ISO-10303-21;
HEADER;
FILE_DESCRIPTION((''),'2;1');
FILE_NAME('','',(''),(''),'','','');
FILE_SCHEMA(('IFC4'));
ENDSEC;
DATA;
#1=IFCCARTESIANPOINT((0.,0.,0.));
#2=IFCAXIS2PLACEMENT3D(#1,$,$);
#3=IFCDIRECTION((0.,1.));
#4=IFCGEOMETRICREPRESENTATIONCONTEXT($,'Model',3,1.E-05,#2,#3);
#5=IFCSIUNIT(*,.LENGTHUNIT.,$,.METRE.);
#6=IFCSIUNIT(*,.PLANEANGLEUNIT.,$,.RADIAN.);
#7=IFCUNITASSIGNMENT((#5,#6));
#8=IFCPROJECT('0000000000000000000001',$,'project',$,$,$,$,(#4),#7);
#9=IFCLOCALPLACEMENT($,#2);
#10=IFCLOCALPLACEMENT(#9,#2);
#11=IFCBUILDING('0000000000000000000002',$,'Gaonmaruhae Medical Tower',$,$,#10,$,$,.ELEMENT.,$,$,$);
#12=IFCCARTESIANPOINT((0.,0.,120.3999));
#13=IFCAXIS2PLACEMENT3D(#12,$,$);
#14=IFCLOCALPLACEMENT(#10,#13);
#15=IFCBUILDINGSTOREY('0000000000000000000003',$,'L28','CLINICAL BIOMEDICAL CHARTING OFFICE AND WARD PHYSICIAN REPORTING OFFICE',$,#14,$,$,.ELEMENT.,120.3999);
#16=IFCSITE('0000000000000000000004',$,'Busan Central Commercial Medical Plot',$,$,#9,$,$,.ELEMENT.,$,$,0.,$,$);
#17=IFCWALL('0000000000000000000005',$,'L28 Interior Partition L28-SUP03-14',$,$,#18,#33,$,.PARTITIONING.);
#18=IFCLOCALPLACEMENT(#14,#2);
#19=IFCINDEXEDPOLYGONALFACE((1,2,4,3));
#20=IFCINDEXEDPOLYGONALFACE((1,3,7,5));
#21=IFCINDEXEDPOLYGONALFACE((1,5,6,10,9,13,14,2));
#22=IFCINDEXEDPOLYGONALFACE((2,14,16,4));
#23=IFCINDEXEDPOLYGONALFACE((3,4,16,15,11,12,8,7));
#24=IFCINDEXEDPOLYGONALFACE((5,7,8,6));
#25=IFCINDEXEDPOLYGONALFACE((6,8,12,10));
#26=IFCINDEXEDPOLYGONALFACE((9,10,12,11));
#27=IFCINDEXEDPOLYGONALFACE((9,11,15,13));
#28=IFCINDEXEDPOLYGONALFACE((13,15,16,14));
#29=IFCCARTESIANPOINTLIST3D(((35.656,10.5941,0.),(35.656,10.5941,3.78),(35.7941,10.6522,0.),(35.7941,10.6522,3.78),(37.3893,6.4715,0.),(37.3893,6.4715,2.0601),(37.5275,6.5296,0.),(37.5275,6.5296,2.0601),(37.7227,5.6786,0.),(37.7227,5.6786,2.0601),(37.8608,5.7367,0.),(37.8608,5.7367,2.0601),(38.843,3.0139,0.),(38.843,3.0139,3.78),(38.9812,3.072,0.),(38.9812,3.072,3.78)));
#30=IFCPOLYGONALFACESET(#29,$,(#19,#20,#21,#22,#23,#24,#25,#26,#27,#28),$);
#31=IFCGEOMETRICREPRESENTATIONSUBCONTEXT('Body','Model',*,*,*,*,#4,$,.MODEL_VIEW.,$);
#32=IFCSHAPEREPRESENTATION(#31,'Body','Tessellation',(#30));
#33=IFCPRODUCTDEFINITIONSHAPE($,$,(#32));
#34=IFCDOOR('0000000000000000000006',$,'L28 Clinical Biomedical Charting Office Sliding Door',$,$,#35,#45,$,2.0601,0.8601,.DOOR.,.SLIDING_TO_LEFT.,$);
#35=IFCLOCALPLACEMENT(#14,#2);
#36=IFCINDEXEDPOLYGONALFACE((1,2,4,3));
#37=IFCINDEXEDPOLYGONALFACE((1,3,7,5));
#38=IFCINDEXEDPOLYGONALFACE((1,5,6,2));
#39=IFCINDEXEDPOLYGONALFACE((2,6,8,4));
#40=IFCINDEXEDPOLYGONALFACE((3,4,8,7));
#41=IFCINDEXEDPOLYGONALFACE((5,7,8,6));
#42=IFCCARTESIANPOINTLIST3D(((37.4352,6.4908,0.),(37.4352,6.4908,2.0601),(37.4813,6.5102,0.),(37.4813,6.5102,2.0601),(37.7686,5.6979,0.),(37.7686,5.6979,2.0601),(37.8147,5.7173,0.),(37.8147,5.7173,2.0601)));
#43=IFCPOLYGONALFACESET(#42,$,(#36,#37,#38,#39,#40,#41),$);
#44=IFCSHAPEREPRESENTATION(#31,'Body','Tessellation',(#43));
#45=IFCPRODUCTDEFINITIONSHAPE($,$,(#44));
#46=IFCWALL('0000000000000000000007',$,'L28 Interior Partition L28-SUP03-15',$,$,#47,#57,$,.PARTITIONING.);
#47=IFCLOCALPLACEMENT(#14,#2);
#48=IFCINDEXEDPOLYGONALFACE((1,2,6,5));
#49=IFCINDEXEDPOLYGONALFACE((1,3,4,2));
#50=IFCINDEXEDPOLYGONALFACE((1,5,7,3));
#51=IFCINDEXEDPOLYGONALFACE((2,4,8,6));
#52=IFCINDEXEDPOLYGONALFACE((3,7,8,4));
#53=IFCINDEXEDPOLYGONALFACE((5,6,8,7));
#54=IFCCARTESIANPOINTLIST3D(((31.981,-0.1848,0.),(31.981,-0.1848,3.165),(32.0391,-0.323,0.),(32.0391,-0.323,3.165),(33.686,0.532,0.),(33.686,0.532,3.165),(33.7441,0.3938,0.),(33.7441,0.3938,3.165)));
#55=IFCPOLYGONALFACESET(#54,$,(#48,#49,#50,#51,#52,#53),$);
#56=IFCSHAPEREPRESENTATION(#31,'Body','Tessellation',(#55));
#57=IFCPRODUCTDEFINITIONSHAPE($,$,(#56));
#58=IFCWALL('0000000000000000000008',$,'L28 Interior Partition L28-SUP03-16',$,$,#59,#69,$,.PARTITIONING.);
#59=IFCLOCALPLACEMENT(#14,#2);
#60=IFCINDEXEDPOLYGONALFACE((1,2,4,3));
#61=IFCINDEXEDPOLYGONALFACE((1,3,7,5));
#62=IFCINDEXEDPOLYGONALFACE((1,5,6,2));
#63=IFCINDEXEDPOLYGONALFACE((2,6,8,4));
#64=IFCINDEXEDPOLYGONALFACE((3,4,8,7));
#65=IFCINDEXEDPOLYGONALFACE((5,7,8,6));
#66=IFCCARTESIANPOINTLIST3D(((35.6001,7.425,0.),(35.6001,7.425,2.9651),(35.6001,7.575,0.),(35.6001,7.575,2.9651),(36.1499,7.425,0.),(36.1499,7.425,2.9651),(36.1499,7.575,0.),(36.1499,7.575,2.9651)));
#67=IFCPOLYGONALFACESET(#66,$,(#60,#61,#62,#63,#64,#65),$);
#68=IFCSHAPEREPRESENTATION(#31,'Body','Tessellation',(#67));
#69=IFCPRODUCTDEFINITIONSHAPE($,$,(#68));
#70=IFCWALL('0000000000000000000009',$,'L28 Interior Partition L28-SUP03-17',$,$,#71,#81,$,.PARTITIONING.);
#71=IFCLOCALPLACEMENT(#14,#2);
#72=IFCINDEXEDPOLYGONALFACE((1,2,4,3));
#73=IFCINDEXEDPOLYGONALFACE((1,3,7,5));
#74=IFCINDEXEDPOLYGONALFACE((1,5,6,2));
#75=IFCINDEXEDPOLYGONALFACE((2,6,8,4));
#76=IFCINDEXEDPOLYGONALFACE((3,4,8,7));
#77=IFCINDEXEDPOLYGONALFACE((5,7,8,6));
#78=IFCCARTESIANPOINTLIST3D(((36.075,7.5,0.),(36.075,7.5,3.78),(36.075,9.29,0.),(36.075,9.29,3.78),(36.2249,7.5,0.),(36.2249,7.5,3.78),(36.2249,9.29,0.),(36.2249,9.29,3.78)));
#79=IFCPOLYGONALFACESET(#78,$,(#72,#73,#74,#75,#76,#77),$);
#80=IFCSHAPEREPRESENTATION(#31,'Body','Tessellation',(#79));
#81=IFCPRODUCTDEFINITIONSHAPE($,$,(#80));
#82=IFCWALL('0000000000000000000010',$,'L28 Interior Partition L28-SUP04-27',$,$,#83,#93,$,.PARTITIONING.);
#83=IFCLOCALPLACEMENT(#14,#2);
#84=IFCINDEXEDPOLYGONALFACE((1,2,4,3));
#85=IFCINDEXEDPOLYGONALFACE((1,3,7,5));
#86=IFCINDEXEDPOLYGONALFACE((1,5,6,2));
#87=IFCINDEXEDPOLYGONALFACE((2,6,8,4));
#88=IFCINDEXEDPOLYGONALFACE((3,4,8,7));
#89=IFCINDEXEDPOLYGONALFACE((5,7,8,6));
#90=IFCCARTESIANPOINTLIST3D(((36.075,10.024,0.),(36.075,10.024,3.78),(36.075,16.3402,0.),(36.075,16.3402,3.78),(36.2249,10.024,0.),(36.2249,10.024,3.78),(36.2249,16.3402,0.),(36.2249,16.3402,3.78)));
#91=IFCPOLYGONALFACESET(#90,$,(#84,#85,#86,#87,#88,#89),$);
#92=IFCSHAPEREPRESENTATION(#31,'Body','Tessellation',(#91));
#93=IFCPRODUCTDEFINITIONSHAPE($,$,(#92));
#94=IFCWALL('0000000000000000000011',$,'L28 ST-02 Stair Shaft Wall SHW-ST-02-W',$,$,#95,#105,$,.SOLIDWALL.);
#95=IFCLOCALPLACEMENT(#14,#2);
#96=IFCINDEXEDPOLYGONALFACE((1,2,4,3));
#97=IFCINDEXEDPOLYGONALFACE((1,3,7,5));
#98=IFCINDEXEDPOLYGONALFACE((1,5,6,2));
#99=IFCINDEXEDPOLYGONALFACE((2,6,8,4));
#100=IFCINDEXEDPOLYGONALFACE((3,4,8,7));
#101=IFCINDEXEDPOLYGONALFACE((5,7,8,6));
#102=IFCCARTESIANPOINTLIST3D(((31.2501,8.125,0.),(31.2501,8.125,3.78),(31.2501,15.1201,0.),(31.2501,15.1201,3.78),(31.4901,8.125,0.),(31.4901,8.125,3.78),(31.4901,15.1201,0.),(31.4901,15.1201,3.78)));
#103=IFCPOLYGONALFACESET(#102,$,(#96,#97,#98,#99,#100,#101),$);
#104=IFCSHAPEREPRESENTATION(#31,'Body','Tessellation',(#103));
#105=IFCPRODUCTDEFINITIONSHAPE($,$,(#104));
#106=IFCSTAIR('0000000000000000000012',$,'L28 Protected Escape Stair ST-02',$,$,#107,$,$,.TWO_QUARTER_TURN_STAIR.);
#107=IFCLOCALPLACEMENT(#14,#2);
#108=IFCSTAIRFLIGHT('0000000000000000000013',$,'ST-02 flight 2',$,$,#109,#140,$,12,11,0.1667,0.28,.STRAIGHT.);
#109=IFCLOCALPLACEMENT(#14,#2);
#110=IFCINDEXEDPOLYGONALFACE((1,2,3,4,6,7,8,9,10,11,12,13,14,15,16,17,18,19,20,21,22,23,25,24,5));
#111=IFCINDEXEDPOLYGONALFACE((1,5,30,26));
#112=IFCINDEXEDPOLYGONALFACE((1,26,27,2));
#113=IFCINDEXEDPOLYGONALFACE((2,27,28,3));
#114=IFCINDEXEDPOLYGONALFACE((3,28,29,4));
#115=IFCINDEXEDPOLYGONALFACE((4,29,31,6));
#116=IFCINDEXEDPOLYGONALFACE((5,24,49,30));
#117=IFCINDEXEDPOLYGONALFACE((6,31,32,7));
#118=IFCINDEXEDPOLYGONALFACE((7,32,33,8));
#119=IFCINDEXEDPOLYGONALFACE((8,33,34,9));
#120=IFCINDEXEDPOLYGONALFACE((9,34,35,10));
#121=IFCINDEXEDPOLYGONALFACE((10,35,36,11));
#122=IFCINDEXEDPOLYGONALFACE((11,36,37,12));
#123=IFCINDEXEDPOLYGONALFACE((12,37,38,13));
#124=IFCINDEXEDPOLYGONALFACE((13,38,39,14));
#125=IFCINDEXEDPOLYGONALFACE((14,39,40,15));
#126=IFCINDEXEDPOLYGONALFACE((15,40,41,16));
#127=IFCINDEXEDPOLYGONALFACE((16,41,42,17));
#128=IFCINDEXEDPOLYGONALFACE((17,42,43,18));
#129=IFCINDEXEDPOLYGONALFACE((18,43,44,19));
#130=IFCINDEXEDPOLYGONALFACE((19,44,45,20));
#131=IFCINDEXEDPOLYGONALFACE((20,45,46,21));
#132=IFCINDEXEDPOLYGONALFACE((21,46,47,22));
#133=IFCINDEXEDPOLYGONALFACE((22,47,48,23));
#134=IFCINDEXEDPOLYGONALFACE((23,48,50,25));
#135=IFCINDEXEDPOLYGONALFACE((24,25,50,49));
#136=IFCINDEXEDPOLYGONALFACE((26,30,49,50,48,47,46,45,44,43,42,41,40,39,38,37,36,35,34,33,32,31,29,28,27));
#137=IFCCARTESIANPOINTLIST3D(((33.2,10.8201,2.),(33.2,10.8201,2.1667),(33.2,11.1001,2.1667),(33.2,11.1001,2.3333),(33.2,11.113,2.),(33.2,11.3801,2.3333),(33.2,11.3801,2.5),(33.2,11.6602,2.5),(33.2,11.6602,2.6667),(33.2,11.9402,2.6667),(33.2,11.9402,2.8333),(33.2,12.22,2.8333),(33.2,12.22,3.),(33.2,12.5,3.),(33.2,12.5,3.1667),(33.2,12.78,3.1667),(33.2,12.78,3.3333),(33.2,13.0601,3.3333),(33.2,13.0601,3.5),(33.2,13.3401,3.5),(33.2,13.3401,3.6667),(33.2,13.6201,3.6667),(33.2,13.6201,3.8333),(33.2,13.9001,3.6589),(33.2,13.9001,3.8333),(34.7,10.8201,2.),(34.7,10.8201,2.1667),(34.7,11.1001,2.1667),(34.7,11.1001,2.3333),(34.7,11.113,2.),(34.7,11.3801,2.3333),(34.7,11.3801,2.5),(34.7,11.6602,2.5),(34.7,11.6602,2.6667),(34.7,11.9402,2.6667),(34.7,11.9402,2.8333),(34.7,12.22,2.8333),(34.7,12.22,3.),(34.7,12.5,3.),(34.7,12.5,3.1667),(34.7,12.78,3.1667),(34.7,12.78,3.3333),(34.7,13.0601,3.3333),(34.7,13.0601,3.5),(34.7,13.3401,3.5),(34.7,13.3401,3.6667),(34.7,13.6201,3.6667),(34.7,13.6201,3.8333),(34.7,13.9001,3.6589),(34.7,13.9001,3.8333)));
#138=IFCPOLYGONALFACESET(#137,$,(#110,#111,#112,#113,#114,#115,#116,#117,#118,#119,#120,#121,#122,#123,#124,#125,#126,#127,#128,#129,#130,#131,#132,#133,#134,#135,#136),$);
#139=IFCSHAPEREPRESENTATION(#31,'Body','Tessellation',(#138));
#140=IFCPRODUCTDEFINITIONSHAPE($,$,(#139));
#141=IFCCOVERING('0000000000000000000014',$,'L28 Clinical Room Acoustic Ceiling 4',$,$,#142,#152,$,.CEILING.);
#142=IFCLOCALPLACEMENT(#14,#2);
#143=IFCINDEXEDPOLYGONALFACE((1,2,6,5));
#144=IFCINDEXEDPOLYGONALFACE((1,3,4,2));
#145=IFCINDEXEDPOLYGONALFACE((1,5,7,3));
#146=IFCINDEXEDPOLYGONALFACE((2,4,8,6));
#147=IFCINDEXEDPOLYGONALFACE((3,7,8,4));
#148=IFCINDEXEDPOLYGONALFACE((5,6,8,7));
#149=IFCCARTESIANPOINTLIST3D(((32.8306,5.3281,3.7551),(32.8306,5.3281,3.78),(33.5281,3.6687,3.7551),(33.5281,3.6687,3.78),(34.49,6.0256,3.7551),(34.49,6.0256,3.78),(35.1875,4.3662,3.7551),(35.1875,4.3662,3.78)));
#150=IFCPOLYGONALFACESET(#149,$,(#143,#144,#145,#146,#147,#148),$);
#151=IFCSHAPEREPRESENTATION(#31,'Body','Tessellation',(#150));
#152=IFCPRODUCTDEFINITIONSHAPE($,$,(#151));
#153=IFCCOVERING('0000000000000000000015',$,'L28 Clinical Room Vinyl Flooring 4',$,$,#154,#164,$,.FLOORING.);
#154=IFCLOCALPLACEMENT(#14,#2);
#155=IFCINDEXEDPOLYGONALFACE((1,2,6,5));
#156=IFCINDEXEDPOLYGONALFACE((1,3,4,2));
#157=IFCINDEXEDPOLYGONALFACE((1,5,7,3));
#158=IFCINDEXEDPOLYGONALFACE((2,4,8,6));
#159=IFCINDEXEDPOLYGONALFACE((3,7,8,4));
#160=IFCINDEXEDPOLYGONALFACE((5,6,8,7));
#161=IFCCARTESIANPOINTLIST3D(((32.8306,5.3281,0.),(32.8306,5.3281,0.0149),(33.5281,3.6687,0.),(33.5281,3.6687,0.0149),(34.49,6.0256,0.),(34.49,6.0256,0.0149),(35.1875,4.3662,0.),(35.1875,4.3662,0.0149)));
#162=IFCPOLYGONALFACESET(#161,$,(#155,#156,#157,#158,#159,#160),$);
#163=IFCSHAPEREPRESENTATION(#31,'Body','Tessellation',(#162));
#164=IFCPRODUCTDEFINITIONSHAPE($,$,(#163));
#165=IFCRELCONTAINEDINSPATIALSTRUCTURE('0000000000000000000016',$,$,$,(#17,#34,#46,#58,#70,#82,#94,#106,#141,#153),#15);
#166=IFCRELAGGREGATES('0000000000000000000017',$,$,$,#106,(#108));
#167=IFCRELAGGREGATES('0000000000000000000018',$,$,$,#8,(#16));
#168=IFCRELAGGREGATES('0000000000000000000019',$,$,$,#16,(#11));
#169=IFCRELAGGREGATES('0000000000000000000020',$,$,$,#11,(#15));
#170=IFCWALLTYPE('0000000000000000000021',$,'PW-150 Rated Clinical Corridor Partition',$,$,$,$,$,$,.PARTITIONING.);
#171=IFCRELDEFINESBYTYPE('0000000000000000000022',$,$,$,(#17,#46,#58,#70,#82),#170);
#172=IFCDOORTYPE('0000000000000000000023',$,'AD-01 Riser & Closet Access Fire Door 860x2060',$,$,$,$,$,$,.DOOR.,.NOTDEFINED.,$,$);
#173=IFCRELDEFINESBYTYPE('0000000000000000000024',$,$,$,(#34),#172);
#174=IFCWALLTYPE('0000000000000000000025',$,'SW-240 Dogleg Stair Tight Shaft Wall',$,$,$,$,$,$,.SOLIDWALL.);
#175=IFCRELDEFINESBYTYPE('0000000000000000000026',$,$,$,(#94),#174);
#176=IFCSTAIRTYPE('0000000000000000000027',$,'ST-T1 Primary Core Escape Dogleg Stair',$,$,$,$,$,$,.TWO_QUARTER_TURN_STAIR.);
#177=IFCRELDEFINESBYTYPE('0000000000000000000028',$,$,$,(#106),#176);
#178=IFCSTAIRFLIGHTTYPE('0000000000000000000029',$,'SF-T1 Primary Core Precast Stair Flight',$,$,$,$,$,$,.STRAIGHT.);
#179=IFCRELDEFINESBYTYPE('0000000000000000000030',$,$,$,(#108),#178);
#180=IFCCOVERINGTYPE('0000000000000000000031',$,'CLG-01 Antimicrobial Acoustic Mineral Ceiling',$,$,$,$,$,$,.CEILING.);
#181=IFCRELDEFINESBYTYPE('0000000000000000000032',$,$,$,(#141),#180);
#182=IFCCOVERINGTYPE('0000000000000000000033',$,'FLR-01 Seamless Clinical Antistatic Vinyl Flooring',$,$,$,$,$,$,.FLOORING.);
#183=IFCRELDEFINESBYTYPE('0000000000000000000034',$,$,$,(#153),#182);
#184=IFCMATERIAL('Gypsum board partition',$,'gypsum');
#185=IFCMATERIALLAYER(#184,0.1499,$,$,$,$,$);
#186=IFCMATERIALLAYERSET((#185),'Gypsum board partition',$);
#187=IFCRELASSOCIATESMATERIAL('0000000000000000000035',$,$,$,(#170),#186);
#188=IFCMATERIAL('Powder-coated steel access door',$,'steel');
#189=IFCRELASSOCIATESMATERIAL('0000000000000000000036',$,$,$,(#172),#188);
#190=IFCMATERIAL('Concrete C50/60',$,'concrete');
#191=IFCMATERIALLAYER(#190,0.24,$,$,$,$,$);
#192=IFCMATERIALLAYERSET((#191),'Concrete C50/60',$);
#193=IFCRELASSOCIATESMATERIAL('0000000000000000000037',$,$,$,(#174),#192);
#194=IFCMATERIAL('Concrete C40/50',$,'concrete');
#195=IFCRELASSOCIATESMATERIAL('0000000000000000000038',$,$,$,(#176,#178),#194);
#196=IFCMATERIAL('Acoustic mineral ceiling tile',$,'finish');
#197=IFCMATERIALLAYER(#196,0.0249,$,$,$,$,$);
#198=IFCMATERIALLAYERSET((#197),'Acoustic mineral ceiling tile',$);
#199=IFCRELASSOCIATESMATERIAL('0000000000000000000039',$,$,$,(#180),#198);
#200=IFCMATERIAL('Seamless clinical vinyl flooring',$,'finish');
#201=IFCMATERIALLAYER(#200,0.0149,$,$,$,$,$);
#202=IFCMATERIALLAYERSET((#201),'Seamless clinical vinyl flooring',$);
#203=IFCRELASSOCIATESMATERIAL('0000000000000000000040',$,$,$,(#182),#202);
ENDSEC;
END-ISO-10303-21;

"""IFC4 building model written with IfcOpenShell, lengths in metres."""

from ifc_helpers import new_model, si_unit, direction, frame, frame_2d, origin, origin_2d, place, context, subcontext, project, spatial, polyline, rectangle, outline, extrude, material, layer, layer_set, type_object, element, fill, aggregate, save


model = new_model("IFC4")

# Units and contexts
model_context = context("Model", 3, precision=1e-05, world=origin(), true_north=direction((0.0, 1.0)))
body_context = subcontext(model_context, "Body", "Model", "MODEL_VIEW")
ifc_project = project(units=[si_unit("LENGTHUNIT", "METRE"), si_unit("PLANEANGLEUNIT", "RADIAN")], contexts=[model_context])

# Site, building, storey
site_placement = place(None, origin())
site = spatial("IfcSite", under=ifc_project, at=site_placement, Name="Busan Central Commercial Medical Plot", CompositionType="ELEMENT", RefElevation=0.0)
building_placement = place(site_placement, origin())
building = spatial("IfcBuilding", under=site, at=building_placement, Name="Gaonmaruhae Medical Tower", CompositionType="ELEMENT")
storey_placement = place(building_placement, frame((0.0, 0.0, 120.3999)))
storey = spatial("IfcBuildingStorey", under=building, at=storey_placement, Name="L28", Description="CLINICAL BIOMEDICAL CHARTING OFFICE AND WARD PHYSICIAN REPORTING OFFICE", CompositionType="ELEMENT", Elevation=120.3999)

# Shared definitions
ifc_material_1 = material(Name="Gypsum board partition", Category="gypsum")
ifc_layer_1 = layer(ifc_material_1, 0.1499)
ifc_layer_set_1 = layer_set([ifc_layer_1], Name="Gypsum board partition")
wall_type_1 = type_object("IfcWallType", Name="PW-150 Rated Clinical Corridor Partition", PredefinedType="PARTITIONING", material=ifc_layer_set_1)

# Wall, opening, door
ifc_material_2 = material(Name="Powder-coated steel access door", Category="steel")
door_type = type_object("IfcDoorType", Name="AD-01 Riser & Closet Access Fire Door 860x2060", OperationType="NOTDEFINED", PredefinedType="DOOR", material=ifc_material_2)
wall_1_placement = place(storey_placement, frame((35.7251, 10.623, 0.0), z_axis=(0.0, 0.0, 1.0), x_axis=(0.387582, -0.921835, 0.0)))
wall_1 = element("IfcWall", 1, at=wall_1_placement, inside=storey, type_object=wall_type_1, Name="L28 Interior Partition L28-SUP03-14", PredefinedType="PARTITIONING", context=body_context, shape_type="SweptSolid", body=[
    extrude(rectangle(XDim=8.2229, YDim=0.1499, at=frame_2d((4.1113, 0.0))), origin(), (0.0, 0.0, 1.0), 3.78),
])
opening_1_placement = place(wall_1_placement, frame((4.4719, 0.0, 0.0)))
opening_1 = element("IfcOpeningElement", 2, at=opening_1_placement, cuts=wall_1, PredefinedType="OPENING", context=body_context, shape_type="SweptSolid", body=[
    extrude(rectangle(XDim=0.8601, YDim=2.0601, at=frame_2d((0.4302, 1.03))), frame((0.0, 0.085, 0.0), z_axis=(0.0, -1.0, 0.0), x_axis=(1.0, 0.0, 0.0)), (0.0, 0.0, 1.0), 0.1699),
])
door_1_placement = place(opening_1_placement, origin())
door_1 = element("IfcDoor", 3, at=door_1_placement, inside=storey, type_object=door_type, Name="L28 Clinical Biomedical Charting Office Sliding Door", OperationType="SLIDING_TO_LEFT", OverallHeight=2.0601, OverallWidth=0.8601, PredefinedType="DOOR", context=body_context, shape_type="SweptSolid", body=[
    extrude(rectangle(XDim=0.8601, YDim=2.0601, at=frame_2d((0.4302, 1.03))), frame((0.0, 0.0249, 0.0), z_axis=(0.0, -1.0, 0.0), x_axis=(1.0, 0.0, 0.0)), (0.0, 0.0, 1.0), 0.05),
])
fill(opening_1, door_1)

# Walls
wall_2_placement = place(storey_placement, frame((33.7151, 0.4629, 0.0), z_axis=(0.0, 0.0, 1.0), x_axis=(-0.921854, -0.387538, 0.0)))
element("IfcWall", 4, at=wall_2_placement, inside=storey, type_object=wall_type_1, Name="L28 Interior Partition L28-SUP03-15", PredefinedType="PARTITIONING", context=body_context, shape_type="SweptSolid", body=[
    extrude(rectangle(XDim=1.8496, YDim=0.1499, at=frame_2d((0.9248, 0.0))), origin(), (0.0, 0.0, 1.0), 3.165),
])
wall_3_placement = place(storey_placement, frame((35.6001, 7.5, 0.0), z_axis=(0.0, 0.0, 1.0), x_axis=(1.0, 0.0, 0.0)))
element("IfcWall", 5, at=wall_3_placement, inside=storey, type_object=wall_type_1, Name="L28 Interior Partition L28-SUP03-16", PredefinedType="PARTITIONING", context=body_context, shape_type="SweptSolid", body=[
    extrude(rectangle(XDim=0.5498, YDim=0.1499, at=frame_2d((0.2749, 0.0))), origin(), (0.0, 0.0, 1.0), 2.9651),
])
wall_4_placement = place(storey_placement, frame((36.1499, 7.5, 0.0), z_axis=(0.0, 0.0, 1.0), x_axis=(0.0, 1.0, 0.0)))
element("IfcWall", 6, at=wall_4_placement, inside=storey, type_object=wall_type_1, Name="L28 Interior Partition L28-SUP03-17", PredefinedType="PARTITIONING", context=body_context, shape_type="SweptSolid", body=[
    extrude(rectangle(XDim=1.79, YDim=0.1499, at=frame_2d((0.895, 0.0))), origin(), (0.0, 0.0, 1.0), 3.78),
])
wall_5_placement = place(storey_placement, frame((36.1499, 10.0239, 0.0), z_axis=(0.0, 0.0, 1.0), x_axis=(0.0, 1.0, 0.0)))
element("IfcWall", 7, at=wall_5_placement, inside=storey, type_object=wall_type_1, Name="L28 Interior Partition L28-SUP04-27", PredefinedType="PARTITIONING", context=body_context, shape_type="SweptSolid", body=[
    extrude(rectangle(XDim=6.3162, YDim=0.1499, at=frame_2d((3.1582, 0.0))), origin(), (0.0, 0.0, 1.0), 3.78),
])
ifc_material_3 = material(Name="Concrete C50/60", Category="concrete")
ifc_layer_2 = layer(ifc_material_3, 0.24)
ifc_layer_set_2 = layer_set([ifc_layer_2], Name="Concrete C50/60")
wall_type_2 = type_object("IfcWallType", Name="SW-240 Dogleg Stair Tight Shaft Wall", PredefinedType="SOLIDWALL", material=ifc_layer_set_2)
wall_6_placement = place(storey_placement, frame((31.3701, 8.125, 0.0), z_axis=(0.0, 0.0, 1.0), x_axis=(0.0, 1.0, 0.0)))
element("IfcWall", 8, at=wall_6_placement, inside=storey, type_object=wall_type_2, Name="L28 ST-02 Stair Shaft Wall SHW-ST-02-W", PredefinedType="SOLIDWALL", context=body_context, shape_type="SweptSolid", body=[
    extrude(rectangle(XDim=6.9951, YDim=0.24, at=frame_2d((3.4976, 0.0))), origin(), (0.0, 0.0, 1.0), 3.78),
])

# Stair, stair flight
ifc_material_4 = material(Name="Concrete C40/50", Category="concrete")
stair_type = type_object("IfcStairType", Name="ST-T1 Primary Core Escape Dogleg Stair", PredefinedType="TWO_QUARTER_TURN_STAIR", material=ifc_material_4)
stair_placement = place(storey_placement, origin())
stair = element("IfcStair", 9, at=stair_placement, inside=storey, type_object=stair_type, Name="L28 Protected Escape Stair ST-02", PredefinedType="TWO_QUARTER_TURN_STAIR")
stair_flight_type = type_object("IfcStairFlightType", Name="SF-T1 Primary Core Precast Stair Flight", PredefinedType="STRAIGHT", material=ifc_material_4)
stair_flight_placement = place(storey_placement, frame((33.95, 10.8201, 2.0), z_axis=(0.0, 0.0, 1.0), x_axis=(0.0, 1.0, 0.0)))
stair_flight = element("IfcStairFlight", 10, at=stair_flight_placement, type_object=stair_flight_type, Name="ST-02 flight 2", NumberOfRisers=12, NumberOfTreads=11, PredefinedType="STRAIGHT", RiserHeight=0.1667, TreadLength=0.28, context=body_context, shape_type="SweptSolid", body=[
    extrude(outline(polyline([(0.0, 0.0), (0.0, 0.1667), (0.28, 0.1667), (0.28, 0.3333), (0.5601, 0.3333), (0.5601, 0.5), (0.8401, 0.5), (0.8401, 0.6667), (1.1201, 0.6667), (1.1201, 0.8333), (1.3999, 0.8333), (1.3999, 1.0), (1.6799, 1.0), (1.6799, 1.1667), (1.96, 1.1667), (1.96, 1.3333), (2.24, 1.3333), (2.24, 1.5), (2.52, 1.5), (2.52, 1.6667), (2.8, 1.6667), (2.8, 1.8333), (3.0801, 1.8333), (3.0801, 2.0), (3.0801, 1.6589), (0.293, 0.0), (0.0, 0.0)])), frame((0.0, 0.75, 0.0), z_axis=(0.0, -1.0, 0.0), x_axis=(1.0, 0.0, 0.0)), (0.0, 0.0, 1.0), 1.5),
])
aggregate(stair, [stair_flight])

# Coverings
ifc_material_5 = material(Name="Acoustic mineral ceiling tile", Category="finish")
ifc_layer_3 = layer(ifc_material_5, 0.0249)
ifc_layer_set_3 = layer_set([ifc_layer_3], Name="Acoustic mineral ceiling tile")
covering_type_1 = type_object("IfcCoveringType", Name="CLG-01 Antimicrobial Acoustic Mineral Ceiling", PredefinedType="CEILING", material=ifc_layer_set_3)
covering_1_placement = place(storey_placement, frame((34.009, 4.8472, 3.7551), z_axis=(0.0, 0.0, 1.0), x_axis=(0.921863, 0.387516, 0.0)))
element("IfcCovering", 11, at=covering_1_placement, inside=storey, type_object=covering_type_1, Name="L28 Clinical Room Acoustic Ceiling 4", PredefinedType="CEILING", context=body_context, shape_type="SweptSolid", body=[
    extrude(rectangle(XDim=1.8, YDim=1.8, at=origin_2d()), origin(), (0.0, 0.0, 1.0), 0.0249),
])
ifc_material_6 = material(Name="Seamless clinical vinyl flooring", Category="finish")
ifc_layer_4 = layer(ifc_material_6, 0.0149)
ifc_layer_set_4 = layer_set([ifc_layer_4], Name="Seamless clinical vinyl flooring")
covering_type_2 = type_object("IfcCoveringType", Name="FLR-01 Seamless Clinical Antistatic Vinyl Flooring", PredefinedType="FLOORING", material=ifc_layer_set_4)
covering_2_placement = place(storey_placement, frame((34.009, 4.8472, 0.0), z_axis=(0.0, 0.0, 1.0), x_axis=(0.921863, 0.387516, 0.0)))
element("IfcCovering", 12, at=covering_2_placement, inside=storey, type_object=covering_type_2, Name="L28 Clinical Room Vinyl Flooring 4", PredefinedType="FLOORING", context=body_context, shape_type="SweptSolid", body=[
    extrude(rectangle(XDim=1.8, YDim=1.8, at=origin_2d()), origin(), (0.0, 0.0, 1.0), 0.0149),
])

save(model, "model.ifc")
